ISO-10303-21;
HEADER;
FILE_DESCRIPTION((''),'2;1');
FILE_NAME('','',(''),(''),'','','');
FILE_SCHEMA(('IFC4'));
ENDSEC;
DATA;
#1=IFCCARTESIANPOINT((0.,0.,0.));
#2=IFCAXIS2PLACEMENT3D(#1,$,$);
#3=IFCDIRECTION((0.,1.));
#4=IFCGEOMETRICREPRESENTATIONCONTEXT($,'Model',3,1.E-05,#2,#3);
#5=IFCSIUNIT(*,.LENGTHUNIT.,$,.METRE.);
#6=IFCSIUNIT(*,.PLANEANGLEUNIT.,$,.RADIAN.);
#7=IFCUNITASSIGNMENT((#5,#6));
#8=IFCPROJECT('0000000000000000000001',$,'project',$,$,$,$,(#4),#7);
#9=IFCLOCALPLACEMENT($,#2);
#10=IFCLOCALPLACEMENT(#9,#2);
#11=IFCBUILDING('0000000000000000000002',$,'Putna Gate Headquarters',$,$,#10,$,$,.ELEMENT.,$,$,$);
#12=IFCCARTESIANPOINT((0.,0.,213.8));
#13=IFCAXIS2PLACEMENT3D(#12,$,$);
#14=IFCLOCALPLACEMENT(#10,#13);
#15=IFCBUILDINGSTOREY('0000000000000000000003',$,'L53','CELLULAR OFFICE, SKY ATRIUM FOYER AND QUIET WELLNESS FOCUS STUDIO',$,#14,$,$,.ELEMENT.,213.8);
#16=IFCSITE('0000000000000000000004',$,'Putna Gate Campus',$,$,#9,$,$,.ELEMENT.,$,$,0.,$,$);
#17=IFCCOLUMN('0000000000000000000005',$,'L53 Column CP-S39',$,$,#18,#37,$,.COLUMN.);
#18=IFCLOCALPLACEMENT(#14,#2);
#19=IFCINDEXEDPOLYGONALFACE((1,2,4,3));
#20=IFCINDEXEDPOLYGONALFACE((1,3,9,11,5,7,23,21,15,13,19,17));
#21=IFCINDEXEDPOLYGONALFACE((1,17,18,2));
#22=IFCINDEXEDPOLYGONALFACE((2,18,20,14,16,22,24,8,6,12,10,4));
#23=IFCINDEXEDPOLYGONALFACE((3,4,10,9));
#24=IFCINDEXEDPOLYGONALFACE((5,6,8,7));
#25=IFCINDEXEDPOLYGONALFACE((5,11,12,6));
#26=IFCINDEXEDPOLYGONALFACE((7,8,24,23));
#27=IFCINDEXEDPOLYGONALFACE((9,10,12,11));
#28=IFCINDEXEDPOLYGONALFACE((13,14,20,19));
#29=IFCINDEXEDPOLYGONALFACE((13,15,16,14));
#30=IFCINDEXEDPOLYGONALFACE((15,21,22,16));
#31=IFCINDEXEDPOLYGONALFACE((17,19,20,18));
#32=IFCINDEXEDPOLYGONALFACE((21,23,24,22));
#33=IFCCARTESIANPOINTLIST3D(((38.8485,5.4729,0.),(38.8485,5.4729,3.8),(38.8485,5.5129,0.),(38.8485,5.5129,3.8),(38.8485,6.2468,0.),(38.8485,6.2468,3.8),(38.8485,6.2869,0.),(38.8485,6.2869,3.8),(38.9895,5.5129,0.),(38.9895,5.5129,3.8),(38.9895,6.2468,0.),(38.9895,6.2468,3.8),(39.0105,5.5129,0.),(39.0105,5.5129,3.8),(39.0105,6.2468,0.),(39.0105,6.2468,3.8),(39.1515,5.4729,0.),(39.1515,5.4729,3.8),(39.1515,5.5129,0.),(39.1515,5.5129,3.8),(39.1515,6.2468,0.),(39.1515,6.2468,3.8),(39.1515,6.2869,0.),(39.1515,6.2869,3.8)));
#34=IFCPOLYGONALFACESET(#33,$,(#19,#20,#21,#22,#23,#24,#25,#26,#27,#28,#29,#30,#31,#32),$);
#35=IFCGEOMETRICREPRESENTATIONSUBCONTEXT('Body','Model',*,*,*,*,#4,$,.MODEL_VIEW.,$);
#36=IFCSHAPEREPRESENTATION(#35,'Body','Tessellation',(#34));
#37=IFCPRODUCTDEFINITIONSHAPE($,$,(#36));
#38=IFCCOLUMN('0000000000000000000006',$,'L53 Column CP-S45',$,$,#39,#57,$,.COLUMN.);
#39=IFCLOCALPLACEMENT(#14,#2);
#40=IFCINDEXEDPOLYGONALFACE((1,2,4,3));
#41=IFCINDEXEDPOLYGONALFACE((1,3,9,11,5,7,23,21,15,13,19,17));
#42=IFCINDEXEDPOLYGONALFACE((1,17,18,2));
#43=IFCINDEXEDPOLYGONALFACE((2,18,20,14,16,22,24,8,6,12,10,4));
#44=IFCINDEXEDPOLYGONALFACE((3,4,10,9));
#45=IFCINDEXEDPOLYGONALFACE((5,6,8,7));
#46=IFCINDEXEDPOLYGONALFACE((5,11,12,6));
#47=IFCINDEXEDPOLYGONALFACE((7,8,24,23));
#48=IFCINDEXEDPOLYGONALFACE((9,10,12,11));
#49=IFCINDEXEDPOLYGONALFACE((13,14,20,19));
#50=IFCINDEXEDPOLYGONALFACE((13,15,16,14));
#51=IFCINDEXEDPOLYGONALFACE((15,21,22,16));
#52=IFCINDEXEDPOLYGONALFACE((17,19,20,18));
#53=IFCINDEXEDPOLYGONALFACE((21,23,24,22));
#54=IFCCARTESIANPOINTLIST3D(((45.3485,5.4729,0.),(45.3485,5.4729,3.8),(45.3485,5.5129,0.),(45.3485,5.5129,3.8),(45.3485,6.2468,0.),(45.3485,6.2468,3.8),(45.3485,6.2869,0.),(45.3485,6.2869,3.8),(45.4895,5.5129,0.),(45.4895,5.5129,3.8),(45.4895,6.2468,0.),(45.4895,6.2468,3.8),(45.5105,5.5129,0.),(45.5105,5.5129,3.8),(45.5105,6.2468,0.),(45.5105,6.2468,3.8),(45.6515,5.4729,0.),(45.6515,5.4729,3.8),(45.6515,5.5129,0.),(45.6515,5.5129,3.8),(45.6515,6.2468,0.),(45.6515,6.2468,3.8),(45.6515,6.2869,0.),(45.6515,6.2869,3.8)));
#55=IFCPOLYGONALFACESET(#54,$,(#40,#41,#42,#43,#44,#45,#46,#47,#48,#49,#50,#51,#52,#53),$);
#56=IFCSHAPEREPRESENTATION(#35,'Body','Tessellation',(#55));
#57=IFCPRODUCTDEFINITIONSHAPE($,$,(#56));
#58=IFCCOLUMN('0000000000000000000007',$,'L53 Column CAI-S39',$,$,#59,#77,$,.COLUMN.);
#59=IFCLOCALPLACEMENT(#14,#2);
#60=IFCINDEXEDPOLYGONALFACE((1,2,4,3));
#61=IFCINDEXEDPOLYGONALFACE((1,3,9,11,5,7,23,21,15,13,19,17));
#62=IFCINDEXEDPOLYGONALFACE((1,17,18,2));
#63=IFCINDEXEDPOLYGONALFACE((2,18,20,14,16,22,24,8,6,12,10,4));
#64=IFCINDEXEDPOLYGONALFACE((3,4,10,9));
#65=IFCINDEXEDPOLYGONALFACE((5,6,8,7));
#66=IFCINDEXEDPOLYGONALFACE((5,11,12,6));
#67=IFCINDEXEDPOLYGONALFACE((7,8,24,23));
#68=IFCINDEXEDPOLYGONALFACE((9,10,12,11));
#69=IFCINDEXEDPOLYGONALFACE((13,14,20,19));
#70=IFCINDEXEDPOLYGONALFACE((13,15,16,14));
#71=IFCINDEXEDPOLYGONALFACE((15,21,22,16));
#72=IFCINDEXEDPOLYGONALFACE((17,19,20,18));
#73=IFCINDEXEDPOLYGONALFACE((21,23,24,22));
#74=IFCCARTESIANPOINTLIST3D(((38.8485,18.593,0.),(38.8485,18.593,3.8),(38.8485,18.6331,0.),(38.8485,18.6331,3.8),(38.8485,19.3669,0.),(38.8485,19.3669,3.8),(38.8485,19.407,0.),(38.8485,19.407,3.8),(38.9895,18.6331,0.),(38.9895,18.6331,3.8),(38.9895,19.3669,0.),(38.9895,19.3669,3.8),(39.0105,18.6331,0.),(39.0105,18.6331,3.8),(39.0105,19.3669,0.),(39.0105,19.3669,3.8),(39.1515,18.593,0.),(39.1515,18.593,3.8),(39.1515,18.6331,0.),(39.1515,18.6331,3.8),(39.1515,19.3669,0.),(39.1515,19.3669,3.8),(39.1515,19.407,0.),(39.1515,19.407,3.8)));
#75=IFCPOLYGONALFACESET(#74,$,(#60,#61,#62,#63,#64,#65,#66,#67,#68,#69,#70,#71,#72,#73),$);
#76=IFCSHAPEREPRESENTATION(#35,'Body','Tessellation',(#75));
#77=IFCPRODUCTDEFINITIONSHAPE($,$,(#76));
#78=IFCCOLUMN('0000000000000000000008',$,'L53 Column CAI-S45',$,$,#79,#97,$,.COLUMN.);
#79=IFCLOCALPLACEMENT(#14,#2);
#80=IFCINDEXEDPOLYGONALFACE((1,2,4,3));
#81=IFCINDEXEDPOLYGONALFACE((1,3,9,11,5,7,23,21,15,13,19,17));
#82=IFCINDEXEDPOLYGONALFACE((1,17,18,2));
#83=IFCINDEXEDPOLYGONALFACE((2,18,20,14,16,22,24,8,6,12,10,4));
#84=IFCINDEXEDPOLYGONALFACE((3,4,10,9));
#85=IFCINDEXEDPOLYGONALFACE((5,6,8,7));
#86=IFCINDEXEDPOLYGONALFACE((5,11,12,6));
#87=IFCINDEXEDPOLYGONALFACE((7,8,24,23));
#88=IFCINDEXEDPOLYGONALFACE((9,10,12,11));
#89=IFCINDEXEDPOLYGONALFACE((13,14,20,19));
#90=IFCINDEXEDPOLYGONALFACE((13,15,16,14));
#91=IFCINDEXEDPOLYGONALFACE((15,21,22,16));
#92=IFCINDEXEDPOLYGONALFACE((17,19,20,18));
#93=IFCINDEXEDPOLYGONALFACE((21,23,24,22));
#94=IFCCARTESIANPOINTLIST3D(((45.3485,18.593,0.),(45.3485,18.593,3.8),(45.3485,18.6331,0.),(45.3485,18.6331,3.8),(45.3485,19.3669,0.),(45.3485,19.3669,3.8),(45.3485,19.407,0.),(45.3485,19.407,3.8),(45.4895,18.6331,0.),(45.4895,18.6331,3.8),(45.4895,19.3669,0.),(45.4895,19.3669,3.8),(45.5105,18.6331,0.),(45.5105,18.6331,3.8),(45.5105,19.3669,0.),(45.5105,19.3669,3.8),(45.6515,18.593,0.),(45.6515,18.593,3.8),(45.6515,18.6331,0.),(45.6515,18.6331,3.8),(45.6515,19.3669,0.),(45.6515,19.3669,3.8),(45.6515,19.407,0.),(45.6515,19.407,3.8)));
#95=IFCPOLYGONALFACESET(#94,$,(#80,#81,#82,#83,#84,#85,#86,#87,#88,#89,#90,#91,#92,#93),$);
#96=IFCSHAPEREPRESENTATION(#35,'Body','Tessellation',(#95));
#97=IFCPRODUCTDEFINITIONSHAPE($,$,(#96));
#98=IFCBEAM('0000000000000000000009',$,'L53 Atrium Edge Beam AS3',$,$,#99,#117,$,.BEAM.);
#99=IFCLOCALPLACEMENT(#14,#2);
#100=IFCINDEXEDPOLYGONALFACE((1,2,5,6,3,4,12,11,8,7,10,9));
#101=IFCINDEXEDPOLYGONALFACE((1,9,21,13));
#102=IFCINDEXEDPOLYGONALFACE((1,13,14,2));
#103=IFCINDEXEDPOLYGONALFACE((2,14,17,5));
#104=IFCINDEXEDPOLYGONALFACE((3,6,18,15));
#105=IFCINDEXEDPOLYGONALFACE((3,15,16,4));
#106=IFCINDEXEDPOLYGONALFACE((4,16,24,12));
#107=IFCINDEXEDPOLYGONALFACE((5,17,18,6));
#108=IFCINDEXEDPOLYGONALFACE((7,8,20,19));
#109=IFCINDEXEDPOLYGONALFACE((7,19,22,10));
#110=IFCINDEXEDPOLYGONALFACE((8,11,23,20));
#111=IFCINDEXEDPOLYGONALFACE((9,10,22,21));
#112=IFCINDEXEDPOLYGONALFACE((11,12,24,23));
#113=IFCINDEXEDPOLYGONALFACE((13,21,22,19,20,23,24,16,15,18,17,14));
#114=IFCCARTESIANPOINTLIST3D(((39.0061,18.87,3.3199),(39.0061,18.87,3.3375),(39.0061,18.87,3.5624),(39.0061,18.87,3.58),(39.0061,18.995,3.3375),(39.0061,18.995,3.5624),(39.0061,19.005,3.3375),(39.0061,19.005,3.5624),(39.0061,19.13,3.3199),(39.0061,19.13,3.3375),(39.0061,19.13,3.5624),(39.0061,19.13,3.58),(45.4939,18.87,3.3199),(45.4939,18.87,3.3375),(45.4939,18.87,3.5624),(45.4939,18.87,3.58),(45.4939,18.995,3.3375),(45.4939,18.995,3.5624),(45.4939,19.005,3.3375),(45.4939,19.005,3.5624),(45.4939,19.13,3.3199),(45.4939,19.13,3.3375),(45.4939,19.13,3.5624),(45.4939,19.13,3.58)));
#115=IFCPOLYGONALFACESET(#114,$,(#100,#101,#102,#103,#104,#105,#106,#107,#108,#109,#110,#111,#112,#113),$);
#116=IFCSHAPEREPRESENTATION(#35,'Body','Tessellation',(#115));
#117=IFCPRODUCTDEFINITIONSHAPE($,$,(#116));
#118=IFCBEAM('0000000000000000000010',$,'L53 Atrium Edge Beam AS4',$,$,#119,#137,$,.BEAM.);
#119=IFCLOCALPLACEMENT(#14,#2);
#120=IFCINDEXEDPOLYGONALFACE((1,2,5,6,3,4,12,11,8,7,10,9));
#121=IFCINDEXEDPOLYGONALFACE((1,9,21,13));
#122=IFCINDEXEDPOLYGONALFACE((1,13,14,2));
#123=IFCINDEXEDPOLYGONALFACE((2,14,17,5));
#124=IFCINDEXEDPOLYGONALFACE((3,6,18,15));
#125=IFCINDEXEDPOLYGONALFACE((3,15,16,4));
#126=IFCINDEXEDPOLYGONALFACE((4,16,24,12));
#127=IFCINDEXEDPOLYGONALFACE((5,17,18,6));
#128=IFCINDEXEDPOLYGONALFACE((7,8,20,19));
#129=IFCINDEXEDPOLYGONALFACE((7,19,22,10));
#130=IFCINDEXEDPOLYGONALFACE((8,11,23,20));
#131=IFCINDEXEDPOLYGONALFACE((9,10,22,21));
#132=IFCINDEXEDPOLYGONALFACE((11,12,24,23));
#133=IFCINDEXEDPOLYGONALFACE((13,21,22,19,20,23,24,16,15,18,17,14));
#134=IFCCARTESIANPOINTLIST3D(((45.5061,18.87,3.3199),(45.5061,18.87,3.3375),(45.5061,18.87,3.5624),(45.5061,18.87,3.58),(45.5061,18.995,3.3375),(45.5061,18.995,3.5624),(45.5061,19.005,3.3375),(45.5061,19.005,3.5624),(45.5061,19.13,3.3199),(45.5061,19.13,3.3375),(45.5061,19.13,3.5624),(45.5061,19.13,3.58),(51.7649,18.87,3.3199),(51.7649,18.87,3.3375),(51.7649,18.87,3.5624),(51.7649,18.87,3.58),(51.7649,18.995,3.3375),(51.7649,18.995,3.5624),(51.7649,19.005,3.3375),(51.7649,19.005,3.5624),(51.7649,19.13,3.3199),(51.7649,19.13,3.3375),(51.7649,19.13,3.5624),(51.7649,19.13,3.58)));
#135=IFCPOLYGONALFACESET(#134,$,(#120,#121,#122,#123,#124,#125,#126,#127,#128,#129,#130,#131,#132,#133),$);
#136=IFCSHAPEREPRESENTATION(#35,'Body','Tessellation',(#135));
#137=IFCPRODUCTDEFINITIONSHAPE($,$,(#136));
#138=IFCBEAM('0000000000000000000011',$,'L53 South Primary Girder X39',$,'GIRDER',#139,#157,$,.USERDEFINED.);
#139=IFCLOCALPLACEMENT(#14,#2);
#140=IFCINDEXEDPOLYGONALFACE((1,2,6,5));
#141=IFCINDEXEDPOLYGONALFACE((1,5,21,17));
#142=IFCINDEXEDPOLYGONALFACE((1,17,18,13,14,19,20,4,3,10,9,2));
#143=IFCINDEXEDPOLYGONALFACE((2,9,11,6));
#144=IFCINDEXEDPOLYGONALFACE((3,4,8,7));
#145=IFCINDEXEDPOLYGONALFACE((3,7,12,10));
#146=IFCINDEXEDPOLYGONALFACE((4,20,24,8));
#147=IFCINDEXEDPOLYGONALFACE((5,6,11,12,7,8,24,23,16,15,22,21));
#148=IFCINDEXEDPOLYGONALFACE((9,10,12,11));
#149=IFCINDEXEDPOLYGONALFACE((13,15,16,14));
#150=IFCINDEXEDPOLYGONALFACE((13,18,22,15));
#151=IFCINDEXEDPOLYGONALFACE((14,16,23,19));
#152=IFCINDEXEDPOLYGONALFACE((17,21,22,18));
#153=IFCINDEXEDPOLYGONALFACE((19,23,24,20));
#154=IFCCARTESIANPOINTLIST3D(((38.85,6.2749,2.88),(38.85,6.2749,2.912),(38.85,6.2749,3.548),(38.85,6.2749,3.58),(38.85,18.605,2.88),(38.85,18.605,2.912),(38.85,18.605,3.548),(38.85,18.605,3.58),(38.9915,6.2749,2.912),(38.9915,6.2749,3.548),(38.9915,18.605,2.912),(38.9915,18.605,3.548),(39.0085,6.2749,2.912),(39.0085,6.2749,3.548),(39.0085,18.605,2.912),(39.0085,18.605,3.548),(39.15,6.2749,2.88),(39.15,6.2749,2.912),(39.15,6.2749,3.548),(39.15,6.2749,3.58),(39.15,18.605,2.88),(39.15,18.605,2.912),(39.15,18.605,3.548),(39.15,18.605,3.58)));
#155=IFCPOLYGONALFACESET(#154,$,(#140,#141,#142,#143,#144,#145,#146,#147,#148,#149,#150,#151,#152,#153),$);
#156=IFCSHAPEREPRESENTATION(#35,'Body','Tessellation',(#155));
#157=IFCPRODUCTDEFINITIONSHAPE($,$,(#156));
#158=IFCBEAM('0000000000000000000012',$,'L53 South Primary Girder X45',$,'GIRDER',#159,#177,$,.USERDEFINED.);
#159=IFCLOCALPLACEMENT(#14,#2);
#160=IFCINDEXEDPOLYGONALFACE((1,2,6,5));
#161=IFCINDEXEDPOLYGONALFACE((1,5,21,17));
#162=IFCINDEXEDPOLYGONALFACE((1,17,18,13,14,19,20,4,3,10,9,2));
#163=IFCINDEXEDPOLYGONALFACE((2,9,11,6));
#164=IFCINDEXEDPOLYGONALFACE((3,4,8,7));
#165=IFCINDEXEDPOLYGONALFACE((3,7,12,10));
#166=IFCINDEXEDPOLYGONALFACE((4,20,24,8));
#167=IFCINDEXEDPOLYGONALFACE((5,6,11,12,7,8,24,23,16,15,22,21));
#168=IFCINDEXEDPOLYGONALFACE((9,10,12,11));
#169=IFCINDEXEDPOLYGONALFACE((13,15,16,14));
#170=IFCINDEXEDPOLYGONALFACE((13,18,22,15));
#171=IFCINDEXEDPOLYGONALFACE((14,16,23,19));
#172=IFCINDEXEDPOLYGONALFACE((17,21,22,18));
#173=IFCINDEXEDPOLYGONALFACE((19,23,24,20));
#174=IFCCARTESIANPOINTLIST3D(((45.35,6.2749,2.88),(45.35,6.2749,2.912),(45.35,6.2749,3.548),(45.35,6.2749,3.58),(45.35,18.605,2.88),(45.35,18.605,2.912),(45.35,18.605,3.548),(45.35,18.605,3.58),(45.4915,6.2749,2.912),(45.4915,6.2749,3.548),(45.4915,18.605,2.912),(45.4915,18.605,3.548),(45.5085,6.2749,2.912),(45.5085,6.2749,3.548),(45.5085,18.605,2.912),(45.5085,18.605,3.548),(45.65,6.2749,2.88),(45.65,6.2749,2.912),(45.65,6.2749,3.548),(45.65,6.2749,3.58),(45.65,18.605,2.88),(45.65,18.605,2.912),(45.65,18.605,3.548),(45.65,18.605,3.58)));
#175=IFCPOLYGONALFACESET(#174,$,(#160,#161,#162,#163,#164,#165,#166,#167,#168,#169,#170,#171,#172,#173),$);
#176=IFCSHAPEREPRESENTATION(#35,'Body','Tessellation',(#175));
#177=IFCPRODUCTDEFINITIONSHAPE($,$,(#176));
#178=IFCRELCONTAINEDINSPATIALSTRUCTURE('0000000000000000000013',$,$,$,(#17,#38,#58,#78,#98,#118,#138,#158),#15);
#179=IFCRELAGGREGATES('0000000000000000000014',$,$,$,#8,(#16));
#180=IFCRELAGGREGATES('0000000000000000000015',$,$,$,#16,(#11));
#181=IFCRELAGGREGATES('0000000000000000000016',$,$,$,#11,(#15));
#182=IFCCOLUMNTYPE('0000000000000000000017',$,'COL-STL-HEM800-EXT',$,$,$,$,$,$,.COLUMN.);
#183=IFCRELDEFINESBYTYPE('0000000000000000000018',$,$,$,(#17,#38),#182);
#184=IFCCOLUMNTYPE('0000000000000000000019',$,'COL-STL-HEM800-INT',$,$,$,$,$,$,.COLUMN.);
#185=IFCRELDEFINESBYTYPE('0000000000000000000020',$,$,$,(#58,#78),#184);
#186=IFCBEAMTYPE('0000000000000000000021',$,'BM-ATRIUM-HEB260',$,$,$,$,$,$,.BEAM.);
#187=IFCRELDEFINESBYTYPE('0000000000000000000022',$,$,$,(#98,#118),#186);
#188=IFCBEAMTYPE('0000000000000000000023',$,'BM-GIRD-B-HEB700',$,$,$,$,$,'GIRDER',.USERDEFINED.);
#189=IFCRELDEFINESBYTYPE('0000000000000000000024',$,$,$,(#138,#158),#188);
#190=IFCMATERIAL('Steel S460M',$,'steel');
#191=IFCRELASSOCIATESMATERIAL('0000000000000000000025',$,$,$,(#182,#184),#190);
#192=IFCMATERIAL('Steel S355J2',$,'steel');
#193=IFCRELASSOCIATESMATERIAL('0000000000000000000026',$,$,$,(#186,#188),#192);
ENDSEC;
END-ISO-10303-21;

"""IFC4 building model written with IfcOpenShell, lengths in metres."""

from ifc_helpers import new_model, si_unit, direction, frame, origin, origin_2d, place, context, subcontext, project, spatial, i_section, extrude, material, material_profile, profile_set, type_object, element, save


model = new_model("IFC4")

# Units and contexts
model_context = context("Model", 3, precision=1e-05, world=origin(), true_north=direction((0.0, 1.0)))
body_context = subcontext(model_context, "Body", "Model", "MODEL_VIEW")
ifc_project = project(units=[si_unit("LENGTHUNIT", "METRE"), si_unit("PLANEANGLEUNIT", "RADIAN")], contexts=[model_context])

# Site, building, storey
site_placement = place(None, origin())
site = spatial("IfcSite", under=ifc_project, at=site_placement, Name="Putna Gate Campus", CompositionType="ELEMENT", RefElevation=0.0)
building_placement = place(site_placement, origin())
building = spatial("IfcBuilding", under=site, at=building_placement, Name="Putna Gate Headquarters", CompositionType="ELEMENT")
storey_placement = place(building_placement, frame((0.0, 0.0, 213.8)))
storey = spatial("IfcBuildingStorey", under=building, at=storey_placement, Name="L53", Description="CELLULAR OFFICE, SKY ATRIUM FOYER AND QUIET WELLNESS FOCUS STUDIO", CompositionType="ELEMENT", Elevation=213.8)

# Columns
ifc_material_1 = material(Name="Steel S460M", Category="steel")
ifc_material_profile_1 = material_profile(ifc_material_1, i_section(OverallWidth=0.303, OverallDepth=0.814, WebThickness=0.021, FlangeThickness=0.04, at=origin_2d()), Name="Steel S460M")
ifc_profile_set_1 = profile_set([ifc_material_profile_1], Name="Steel S460M")
column_type_1 = type_object("IfcColumnType", Name="COL-STL-HEM800-EXT", PredefinedType="COLUMN", material=ifc_profile_set_1)
for number, where, z_axis, x_axis, name in (
    (1, (39.0, 5.8799, 0.0), (0.0, 0.0, 1.0), (1.0, 0.0, 0.0), "L53 Column CP-S39"),
    (2, (45.5, 5.8799, 0.0), (0.0, 0.0, 1.0), (1.0, 0.0, 0.0), "L53 Column CP-S45"),
):
    element("IfcColumn", number, at=place(storey_placement, frame(where, z_axis=z_axis, x_axis=x_axis)), inside=storey, type_object=column_type_1, Name=name, PredefinedType="COLUMN", context=body_context, shape_type="SweptSolid", body=[
        extrude(i_section(OverallWidth=0.303, OverallDepth=0.814, WebThickness=0.021, FlangeThickness=0.04, at=origin_2d()), origin(), (0.0, 0.0, 1.0), 3.8),
    ])
ifc_material_profile_2 = material_profile(ifc_material_1, i_section(OverallWidth=0.303, OverallDepth=0.814, WebThickness=0.021, FlangeThickness=0.04, at=origin_2d()), Name="Steel S460M")
ifc_profile_set_2 = profile_set([ifc_material_profile_2], Name="Steel S460M")
column_type_2 = type_object("IfcColumnType", Name="COL-STL-HEM800-INT", PredefinedType="COLUMN", material=ifc_profile_set_2)
for number, where, z_axis, x_axis, name in (
    (3, (39.0, 19.0, 0.0), (0.0, 0.0, 1.0), (1.0, 0.0, 0.0), "L53 Column CAI-S39"),
    (4, (45.5, 19.0, 0.0), (0.0, 0.0, 1.0), (1.0, 0.0, 0.0), "L53 Column CAI-S45"),
):
    element("IfcColumn", number, at=place(storey_placement, frame(where, z_axis=z_axis, x_axis=x_axis)), inside=storey, type_object=column_type_2, Name=name, PredefinedType="COLUMN", context=body_context, shape_type="SweptSolid", body=[
        extrude(i_section(OverallWidth=0.303, OverallDepth=0.814, WebThickness=0.021, FlangeThickness=0.04, at=origin_2d()), origin(), (0.0, 0.0, 1.0), 3.8),
    ])

# Beams
ifc_material_2 = material(Name="Steel S355J2", Category="steel")
ifc_material_profile_3 = material_profile(ifc_material_2, i_section(OverallWidth=0.26, OverallDepth=0.26, WebThickness=0.01, FlangeThickness=0.0176, at=origin_2d()), Name="Steel S355J2")
ifc_profile_set_3 = profile_set([ifc_material_profile_3], Name="Steel S355J2")
beam_type_1 = type_object("IfcBeamType", Name="BM-ATRIUM-HEB260", PredefinedType="BEAM", material=ifc_profile_set_3)
beam_1_placement = place(storey_placement, frame((39.0061, 19.0, 3.45), z_axis=(1.0, 0.0, 0.0), x_axis=(0.0, 1.0, 0.0)))
element("IfcBeam", 5, at=beam_1_placement, inside=storey, type_object=beam_type_1, Name="L53 Atrium Edge Beam AS3", PredefinedType="BEAM", context=body_context, shape_type="SweptSolid", body=[
    extrude(i_section(OverallWidth=0.26, OverallDepth=0.26, WebThickness=0.01, FlangeThickness=0.0176, at=origin_2d()), origin(), (0.0, 0.0, 1.0), 6.4878),
])
beam_2_placement = place(storey_placement, frame((45.5061, 19.0, 3.45), z_axis=(1.0, 0.0, 0.0), x_axis=(0.0, 1.0, 0.0)))
element("IfcBeam", 6, at=beam_2_placement, inside=storey, type_object=beam_type_1, Name="L53 Atrium Edge Beam AS4", PredefinedType="BEAM", context=body_context, shape_type="SweptSolid", body=[
    extrude(i_section(OverallWidth=0.26, OverallDepth=0.26, WebThickness=0.01, FlangeThickness=0.0176, at=origin_2d()), origin(), (0.0, 0.0, 1.0), 6.2588),
])
ifc_material_profile_4 = material_profile(ifc_material_2, i_section(OverallWidth=0.3, OverallDepth=0.7, WebThickness=0.0171, FlangeThickness=0.032, at=origin_2d()), Name="Steel S355J2")
ifc_profile_set_4 = profile_set([ifc_material_profile_4], Name="Steel S355J2")
beam_type_2 = type_object("IfcBeamType", Name="BM-GIRD-B-HEB700", ElementType="GIRDER", PredefinedType="USERDEFINED", material=ifc_profile_set_4)
for number, where, z_axis, x_axis, name in (
    (7, (39.0, 6.2749, 3.23), (0.0, 1.0, 0.0), (-1.0, 0.0, 0.0), "L53 South Primary Girder X39"),
    (8, (45.5, 6.2749, 3.23), (0.0, 1.0, 0.0), (-1.0, 0.0, 0.0), "L53 South Primary Girder X45"),
):
    element("IfcBeam", number, at=place(storey_placement, frame(where, z_axis=z_axis, x_axis=x_axis)), inside=storey, type_object=beam_type_2, Name=name, ObjectType="GIRDER", PredefinedType="USERDEFINED", context=body_context, shape_type="SweptSolid", body=[
        extrude(i_section(OverallWidth=0.3, OverallDepth=0.7, WebThickness=0.0171, FlangeThickness=0.032, at=origin_2d()), origin(), (0.0, 0.0, 1.0), 12.3301),
    ])

save(model, "model.ifc")
